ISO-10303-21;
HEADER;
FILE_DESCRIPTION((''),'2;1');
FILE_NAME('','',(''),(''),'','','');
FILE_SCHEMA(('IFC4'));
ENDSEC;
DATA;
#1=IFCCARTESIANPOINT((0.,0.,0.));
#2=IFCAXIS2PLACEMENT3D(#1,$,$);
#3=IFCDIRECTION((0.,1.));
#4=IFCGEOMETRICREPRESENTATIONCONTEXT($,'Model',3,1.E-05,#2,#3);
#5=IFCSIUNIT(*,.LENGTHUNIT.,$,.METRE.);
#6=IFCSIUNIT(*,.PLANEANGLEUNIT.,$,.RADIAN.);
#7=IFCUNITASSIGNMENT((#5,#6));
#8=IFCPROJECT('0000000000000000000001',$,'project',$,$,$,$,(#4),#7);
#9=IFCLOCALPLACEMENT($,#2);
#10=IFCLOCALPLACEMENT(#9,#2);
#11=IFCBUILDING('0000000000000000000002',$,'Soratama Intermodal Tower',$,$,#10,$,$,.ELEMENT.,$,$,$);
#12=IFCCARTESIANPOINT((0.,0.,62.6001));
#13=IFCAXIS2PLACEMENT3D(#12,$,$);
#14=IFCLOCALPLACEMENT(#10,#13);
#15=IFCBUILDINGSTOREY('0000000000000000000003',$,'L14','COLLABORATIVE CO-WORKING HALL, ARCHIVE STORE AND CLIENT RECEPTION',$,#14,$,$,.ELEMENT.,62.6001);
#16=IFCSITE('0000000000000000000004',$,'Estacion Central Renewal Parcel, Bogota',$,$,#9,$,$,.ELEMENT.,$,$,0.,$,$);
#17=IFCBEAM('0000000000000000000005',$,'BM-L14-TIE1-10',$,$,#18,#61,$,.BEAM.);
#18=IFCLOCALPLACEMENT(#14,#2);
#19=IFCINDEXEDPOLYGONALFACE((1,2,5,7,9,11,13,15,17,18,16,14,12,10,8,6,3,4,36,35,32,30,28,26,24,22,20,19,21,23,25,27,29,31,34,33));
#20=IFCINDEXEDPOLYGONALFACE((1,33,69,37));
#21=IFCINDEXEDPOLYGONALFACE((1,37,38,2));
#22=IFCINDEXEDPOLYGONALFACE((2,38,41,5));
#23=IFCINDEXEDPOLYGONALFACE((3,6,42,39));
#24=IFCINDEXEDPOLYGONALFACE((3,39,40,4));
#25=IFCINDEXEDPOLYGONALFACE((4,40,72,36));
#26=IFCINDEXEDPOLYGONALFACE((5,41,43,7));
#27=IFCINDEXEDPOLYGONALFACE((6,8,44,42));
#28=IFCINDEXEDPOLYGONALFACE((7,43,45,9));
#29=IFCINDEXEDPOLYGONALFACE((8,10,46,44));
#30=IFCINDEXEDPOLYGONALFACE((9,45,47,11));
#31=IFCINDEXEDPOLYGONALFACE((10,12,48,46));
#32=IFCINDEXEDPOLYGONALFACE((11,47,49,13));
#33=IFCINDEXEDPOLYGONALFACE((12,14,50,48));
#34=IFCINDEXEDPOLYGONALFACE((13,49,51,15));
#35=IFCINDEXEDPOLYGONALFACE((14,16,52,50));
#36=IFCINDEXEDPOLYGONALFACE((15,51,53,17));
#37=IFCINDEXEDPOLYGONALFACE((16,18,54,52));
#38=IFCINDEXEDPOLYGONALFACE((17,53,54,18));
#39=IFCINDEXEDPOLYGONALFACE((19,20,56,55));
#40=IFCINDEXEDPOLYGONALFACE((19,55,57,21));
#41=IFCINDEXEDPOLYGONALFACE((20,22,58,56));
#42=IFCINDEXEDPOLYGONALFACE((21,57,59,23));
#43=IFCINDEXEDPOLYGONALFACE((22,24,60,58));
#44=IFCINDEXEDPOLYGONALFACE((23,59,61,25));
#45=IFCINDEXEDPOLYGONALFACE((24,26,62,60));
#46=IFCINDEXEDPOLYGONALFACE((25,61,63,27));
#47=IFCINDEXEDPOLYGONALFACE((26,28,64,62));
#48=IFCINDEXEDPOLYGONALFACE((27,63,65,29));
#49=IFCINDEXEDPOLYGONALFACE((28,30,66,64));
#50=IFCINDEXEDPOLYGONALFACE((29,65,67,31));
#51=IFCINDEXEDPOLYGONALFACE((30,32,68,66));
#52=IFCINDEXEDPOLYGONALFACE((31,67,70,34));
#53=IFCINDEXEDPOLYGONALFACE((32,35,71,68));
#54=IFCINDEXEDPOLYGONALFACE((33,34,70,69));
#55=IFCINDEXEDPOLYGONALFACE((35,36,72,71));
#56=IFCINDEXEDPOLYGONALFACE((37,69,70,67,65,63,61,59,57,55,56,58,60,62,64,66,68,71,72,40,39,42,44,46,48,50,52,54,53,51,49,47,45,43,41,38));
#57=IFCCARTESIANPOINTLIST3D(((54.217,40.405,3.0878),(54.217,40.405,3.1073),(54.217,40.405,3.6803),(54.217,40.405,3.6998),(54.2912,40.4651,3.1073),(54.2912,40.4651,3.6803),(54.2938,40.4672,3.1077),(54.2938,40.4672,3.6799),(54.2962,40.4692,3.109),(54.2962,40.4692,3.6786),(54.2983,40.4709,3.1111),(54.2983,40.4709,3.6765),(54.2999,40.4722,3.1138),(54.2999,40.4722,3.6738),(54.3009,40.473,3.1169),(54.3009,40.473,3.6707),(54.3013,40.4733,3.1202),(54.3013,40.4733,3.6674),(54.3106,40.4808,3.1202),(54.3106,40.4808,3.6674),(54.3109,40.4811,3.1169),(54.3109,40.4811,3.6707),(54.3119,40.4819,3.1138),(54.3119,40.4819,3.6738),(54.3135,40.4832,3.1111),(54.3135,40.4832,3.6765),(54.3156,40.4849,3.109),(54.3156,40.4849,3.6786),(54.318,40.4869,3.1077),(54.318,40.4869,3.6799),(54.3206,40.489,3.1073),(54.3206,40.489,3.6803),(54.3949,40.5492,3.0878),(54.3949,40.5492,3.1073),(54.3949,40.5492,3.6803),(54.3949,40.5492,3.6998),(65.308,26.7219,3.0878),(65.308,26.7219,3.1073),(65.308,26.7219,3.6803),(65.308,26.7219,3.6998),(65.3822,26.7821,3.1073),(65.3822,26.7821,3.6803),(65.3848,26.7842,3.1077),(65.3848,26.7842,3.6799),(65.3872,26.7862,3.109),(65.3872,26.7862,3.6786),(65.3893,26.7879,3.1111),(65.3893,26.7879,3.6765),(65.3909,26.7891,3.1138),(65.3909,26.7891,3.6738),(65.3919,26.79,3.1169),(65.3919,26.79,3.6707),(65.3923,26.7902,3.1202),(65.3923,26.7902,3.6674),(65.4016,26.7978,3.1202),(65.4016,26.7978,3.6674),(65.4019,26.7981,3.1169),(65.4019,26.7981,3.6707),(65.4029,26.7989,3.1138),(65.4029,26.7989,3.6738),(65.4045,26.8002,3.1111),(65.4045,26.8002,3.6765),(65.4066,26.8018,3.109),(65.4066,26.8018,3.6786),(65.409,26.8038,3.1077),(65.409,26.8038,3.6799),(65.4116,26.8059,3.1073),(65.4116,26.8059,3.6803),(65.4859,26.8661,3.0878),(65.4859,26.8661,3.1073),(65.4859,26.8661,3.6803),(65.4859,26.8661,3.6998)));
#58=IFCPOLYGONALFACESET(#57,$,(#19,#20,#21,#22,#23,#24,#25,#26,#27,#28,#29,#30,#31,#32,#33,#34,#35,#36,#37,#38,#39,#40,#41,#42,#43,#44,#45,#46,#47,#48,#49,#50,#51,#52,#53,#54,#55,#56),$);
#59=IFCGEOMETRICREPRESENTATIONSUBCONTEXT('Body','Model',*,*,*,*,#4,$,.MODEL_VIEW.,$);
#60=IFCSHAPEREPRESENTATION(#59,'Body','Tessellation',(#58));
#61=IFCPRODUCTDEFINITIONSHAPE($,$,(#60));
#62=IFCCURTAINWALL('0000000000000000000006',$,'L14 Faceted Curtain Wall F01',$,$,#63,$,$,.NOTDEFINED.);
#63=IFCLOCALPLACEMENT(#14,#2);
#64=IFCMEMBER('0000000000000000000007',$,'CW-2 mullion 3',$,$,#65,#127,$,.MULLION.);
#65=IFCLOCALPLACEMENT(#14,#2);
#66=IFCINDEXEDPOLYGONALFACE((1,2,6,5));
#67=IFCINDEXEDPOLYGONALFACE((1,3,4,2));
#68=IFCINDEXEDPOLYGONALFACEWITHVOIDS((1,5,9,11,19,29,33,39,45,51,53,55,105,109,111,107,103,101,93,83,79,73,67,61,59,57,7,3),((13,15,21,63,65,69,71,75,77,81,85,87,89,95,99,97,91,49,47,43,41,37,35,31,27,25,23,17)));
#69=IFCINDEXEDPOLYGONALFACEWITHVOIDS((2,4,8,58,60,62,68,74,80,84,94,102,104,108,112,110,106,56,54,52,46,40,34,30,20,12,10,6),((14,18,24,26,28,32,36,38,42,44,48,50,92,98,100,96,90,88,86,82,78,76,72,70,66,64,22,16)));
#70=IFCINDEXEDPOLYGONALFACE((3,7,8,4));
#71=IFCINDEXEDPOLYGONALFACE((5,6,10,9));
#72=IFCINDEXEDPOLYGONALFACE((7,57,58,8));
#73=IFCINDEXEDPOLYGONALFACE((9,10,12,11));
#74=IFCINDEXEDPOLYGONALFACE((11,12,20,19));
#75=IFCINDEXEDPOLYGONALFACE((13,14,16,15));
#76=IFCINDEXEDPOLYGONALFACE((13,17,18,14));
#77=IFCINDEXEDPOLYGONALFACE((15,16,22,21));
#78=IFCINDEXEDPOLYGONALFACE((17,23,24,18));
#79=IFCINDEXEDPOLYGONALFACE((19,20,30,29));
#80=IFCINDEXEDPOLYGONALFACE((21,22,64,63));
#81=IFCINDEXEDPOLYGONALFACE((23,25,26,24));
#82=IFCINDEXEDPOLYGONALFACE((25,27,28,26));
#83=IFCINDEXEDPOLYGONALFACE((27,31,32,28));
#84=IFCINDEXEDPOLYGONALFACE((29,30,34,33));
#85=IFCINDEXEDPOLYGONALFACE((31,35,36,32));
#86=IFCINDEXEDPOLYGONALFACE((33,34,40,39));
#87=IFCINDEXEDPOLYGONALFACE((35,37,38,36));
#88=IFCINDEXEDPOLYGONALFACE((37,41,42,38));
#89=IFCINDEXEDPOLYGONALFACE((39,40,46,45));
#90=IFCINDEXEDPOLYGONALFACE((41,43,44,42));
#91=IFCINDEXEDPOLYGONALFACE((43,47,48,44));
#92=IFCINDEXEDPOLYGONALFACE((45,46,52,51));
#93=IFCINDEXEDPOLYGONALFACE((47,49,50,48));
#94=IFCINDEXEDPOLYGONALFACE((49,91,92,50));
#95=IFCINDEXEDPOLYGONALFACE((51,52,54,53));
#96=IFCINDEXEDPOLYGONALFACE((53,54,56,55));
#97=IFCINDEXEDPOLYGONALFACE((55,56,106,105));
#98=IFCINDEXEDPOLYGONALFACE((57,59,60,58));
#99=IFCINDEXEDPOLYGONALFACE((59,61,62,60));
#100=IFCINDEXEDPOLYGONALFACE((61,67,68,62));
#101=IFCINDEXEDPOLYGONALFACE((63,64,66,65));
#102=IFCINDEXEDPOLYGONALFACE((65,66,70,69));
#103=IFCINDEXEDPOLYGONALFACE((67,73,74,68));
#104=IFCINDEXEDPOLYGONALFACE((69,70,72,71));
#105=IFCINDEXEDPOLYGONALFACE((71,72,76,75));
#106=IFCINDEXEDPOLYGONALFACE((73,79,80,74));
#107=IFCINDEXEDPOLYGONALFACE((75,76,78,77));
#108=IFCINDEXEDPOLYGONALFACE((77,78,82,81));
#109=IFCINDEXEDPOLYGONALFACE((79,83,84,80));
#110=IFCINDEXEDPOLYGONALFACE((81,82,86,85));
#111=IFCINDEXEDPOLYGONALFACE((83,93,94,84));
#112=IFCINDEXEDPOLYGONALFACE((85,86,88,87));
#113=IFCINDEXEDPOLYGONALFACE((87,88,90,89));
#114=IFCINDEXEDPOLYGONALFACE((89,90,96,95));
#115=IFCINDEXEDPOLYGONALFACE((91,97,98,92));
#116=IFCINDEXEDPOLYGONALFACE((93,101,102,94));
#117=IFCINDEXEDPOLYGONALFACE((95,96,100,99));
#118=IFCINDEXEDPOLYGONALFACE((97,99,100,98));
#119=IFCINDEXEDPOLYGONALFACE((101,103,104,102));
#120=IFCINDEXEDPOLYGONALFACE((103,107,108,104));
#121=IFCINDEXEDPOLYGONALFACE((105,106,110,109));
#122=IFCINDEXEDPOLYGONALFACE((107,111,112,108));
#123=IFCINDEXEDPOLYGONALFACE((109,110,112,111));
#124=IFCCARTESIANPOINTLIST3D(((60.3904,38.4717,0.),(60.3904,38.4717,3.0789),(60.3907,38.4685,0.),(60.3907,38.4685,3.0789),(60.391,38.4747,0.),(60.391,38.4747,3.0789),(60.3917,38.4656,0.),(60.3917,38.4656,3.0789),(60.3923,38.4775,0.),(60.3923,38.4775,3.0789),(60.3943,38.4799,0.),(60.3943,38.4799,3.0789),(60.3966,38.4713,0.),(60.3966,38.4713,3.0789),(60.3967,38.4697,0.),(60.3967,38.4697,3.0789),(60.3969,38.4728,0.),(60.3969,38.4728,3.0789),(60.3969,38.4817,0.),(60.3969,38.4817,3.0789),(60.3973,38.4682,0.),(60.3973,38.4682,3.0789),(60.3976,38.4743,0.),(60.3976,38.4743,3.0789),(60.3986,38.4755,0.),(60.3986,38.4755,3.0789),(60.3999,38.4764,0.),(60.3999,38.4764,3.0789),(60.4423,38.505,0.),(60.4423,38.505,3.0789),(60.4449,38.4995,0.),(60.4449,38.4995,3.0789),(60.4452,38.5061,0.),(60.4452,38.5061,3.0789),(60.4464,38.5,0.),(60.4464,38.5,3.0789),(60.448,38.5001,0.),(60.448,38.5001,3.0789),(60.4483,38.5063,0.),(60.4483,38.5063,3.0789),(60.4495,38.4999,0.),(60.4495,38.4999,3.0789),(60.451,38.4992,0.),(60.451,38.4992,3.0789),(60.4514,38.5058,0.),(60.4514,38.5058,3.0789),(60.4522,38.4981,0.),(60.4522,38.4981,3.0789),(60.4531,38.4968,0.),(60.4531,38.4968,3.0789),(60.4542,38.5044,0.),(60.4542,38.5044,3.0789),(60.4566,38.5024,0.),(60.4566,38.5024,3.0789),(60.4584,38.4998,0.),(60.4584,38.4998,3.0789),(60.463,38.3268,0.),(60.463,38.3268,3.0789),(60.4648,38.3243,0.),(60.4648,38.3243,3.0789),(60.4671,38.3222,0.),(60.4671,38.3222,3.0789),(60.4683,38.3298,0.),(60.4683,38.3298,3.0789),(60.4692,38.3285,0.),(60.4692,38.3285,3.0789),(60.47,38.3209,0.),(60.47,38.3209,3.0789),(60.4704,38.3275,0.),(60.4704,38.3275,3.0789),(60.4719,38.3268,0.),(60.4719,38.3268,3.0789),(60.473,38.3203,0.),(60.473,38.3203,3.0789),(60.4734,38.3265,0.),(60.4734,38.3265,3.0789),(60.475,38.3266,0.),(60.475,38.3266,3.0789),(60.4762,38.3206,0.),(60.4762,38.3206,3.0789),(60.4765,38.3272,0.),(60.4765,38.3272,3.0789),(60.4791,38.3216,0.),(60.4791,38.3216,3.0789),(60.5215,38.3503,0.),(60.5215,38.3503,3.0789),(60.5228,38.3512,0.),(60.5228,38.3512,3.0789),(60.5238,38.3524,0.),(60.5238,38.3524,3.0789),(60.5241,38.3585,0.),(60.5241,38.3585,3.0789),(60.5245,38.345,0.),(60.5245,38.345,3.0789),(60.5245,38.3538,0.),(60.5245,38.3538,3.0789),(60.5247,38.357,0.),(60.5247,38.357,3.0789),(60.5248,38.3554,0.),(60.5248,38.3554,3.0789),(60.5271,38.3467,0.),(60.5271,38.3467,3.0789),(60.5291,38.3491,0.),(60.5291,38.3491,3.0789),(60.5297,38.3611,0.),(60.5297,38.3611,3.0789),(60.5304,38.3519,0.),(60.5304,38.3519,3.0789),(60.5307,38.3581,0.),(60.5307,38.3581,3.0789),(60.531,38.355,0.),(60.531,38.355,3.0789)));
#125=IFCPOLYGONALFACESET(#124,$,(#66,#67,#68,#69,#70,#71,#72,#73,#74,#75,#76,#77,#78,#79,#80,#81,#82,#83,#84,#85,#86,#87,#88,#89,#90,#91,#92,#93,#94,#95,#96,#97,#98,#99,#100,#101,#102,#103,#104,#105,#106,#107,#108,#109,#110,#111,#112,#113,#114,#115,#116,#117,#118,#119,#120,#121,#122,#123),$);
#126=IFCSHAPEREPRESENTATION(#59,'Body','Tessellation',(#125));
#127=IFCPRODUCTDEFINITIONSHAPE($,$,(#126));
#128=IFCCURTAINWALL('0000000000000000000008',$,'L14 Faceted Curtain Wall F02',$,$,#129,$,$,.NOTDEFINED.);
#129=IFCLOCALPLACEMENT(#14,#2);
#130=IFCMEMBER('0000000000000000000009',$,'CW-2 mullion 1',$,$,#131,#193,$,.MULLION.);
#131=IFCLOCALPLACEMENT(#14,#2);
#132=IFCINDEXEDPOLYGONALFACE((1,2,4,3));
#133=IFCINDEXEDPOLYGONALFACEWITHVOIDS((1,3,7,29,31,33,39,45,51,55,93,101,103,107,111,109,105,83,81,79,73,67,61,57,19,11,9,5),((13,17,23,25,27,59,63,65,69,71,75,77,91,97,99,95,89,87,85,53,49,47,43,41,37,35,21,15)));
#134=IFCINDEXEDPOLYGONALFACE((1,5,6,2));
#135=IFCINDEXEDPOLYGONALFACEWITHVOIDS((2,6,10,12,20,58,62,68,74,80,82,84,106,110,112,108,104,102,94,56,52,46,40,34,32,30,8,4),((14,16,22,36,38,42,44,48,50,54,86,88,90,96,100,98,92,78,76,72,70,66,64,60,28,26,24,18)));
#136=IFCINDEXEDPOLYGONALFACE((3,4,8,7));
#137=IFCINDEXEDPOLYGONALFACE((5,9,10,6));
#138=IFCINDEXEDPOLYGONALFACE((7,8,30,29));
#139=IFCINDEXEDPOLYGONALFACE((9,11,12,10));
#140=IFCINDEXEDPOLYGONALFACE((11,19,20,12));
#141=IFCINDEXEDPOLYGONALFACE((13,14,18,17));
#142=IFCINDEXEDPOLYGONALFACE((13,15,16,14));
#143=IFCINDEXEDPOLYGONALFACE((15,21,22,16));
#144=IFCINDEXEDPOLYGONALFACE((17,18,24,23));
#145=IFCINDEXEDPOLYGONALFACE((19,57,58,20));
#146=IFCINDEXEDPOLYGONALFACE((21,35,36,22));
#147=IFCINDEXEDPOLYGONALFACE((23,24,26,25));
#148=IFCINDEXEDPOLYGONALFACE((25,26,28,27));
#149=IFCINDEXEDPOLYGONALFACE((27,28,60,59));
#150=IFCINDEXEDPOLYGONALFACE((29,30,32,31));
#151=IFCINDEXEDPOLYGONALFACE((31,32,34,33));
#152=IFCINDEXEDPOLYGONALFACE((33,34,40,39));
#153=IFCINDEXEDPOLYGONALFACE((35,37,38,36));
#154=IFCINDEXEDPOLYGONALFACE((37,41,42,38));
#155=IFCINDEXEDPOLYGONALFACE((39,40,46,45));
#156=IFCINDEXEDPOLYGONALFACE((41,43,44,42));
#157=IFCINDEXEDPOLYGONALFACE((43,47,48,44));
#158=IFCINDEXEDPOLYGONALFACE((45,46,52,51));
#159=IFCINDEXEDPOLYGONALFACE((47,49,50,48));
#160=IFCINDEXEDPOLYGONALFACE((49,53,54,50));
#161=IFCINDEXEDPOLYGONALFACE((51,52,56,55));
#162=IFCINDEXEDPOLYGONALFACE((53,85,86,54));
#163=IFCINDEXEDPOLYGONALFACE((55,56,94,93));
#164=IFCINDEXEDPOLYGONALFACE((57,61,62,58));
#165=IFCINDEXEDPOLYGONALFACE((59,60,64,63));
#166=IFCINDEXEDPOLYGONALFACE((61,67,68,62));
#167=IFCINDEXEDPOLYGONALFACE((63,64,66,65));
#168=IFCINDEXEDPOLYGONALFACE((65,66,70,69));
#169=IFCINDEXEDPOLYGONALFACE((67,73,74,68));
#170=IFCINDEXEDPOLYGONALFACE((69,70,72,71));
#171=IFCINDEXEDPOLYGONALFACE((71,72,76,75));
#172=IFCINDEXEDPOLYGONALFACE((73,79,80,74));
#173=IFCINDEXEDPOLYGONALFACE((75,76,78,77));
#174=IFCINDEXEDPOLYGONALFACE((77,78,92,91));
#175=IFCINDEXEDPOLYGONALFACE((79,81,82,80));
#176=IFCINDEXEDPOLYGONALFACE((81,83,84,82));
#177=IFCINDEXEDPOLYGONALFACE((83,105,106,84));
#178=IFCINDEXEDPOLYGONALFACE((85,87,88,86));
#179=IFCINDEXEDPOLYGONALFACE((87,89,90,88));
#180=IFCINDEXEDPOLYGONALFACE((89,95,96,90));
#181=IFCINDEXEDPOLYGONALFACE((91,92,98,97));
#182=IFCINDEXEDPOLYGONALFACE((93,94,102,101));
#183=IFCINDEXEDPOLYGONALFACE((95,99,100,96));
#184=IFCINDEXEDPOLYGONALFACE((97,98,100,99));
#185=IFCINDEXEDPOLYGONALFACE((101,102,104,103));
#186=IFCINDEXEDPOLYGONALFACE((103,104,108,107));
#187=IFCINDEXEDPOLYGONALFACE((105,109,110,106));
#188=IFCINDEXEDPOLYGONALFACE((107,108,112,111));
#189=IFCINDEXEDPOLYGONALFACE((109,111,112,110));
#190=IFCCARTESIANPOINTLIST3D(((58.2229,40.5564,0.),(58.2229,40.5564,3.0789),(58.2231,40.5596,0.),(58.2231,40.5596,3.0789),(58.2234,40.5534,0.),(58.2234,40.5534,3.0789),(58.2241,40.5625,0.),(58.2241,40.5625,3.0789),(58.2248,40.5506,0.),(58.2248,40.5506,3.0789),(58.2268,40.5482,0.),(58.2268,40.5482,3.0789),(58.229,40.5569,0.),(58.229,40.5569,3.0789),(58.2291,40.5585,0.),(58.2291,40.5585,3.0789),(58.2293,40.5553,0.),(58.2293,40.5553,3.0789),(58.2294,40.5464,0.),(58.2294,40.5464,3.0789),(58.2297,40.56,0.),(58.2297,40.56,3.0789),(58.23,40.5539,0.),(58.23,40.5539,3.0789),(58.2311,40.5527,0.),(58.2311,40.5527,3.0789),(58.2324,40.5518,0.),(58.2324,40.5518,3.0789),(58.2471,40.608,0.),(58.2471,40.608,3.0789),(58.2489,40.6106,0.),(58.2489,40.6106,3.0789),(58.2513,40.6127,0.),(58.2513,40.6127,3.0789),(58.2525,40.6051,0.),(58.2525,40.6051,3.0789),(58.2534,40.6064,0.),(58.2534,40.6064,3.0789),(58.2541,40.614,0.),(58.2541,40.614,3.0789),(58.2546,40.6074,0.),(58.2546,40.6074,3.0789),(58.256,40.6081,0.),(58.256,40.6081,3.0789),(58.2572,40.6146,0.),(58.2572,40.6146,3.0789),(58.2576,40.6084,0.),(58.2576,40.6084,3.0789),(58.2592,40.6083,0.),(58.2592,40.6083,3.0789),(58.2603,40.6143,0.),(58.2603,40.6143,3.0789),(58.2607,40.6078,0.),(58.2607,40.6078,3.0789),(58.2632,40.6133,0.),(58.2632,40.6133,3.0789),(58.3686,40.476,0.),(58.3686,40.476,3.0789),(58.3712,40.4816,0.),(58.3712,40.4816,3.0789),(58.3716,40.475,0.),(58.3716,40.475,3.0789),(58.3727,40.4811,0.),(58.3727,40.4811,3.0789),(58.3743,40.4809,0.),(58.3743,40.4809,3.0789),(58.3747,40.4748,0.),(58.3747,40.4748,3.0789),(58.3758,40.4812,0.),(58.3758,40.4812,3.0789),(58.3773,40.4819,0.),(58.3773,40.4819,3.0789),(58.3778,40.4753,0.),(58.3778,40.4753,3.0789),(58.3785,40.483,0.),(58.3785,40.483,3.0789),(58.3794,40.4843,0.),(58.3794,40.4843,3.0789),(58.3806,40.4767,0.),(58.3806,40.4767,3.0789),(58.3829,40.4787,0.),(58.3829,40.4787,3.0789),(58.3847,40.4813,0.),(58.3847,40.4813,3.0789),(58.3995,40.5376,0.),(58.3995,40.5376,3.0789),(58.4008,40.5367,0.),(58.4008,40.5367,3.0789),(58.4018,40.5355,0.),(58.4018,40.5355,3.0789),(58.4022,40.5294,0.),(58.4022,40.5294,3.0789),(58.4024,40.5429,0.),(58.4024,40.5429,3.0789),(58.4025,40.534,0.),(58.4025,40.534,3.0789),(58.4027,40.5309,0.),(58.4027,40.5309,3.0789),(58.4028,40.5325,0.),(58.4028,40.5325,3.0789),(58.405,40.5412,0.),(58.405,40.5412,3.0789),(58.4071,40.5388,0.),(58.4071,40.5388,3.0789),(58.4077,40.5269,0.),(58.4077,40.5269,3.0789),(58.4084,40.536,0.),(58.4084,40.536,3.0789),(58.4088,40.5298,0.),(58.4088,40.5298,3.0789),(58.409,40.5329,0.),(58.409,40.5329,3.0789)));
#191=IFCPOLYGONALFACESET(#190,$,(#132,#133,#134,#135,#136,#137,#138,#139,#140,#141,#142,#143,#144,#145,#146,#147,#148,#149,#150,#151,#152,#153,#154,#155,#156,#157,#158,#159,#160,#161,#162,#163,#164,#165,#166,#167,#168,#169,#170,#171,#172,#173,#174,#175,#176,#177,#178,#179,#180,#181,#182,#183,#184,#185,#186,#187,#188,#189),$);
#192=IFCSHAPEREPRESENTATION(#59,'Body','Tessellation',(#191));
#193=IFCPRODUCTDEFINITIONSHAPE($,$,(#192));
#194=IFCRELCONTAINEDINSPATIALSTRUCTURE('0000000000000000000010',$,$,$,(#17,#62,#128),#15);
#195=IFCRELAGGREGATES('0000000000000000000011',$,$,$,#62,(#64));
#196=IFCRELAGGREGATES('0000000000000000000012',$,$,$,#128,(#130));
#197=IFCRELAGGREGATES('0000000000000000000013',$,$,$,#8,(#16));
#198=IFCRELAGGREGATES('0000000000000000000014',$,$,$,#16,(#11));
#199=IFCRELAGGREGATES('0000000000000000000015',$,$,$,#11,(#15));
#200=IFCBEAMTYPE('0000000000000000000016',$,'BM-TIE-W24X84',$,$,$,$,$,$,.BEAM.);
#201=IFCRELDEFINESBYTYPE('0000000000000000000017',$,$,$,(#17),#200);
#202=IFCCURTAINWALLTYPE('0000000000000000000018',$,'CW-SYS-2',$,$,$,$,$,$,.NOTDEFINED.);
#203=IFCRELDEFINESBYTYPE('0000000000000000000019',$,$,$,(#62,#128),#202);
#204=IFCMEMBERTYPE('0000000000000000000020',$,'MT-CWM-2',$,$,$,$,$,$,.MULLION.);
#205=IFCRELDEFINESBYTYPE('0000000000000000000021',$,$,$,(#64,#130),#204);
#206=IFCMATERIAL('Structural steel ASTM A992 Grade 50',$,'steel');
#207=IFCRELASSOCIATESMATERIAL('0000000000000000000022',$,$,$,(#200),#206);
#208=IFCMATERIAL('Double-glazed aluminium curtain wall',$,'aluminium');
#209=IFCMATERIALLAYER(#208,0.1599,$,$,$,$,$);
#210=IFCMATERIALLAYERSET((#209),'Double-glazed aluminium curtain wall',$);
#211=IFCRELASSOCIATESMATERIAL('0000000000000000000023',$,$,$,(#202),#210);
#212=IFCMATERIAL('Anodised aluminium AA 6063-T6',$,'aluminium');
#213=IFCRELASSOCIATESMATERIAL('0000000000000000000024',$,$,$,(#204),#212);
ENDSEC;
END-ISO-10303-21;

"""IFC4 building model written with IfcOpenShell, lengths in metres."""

from ifc_helpers import new_model, si_unit, direction, frame, origin, origin_2d, place, context, subcontext, project, spatial, hollow_rectangle, i_section, extrude, material, layer, layer_set, material_profile, profile_set, type_object, element, aggregate, save


model = new_model("IFC4")

# Units and contexts
model_context = context("Model", 3, precision=1e-05, world=origin(), true_north=direction((0.0, 1.0)))
body_context = subcontext(model_context, "Body", "Model", "MODEL_VIEW")
ifc_project = project(units=[si_unit("LENGTHUNIT", "METRE"), si_unit("PLANEANGLEUNIT", "RADIAN")], contexts=[model_context])

# Site, building, storey
site_placement = place(None, origin())
site = spatial("IfcSite", under=ifc_project, at=site_placement, Name="Estacion Central Renewal Parcel, Bogota", CompositionType="ELEMENT", RefElevation=0.0)
building_placement = place(site_placement, origin())
building = spatial("IfcBuilding", under=site, at=building_placement, Name="Soratama Intermodal Tower", CompositionType="ELEMENT")
storey_placement = place(building_placement, frame((0.0, 0.0, 62.6001)))
storey = spatial("IfcBuildingStorey", under=building, at=storey_placement, Name="L14", Description="COLLABORATIVE CO-WORKING HALL, ARCHIVE STORE AND CLIENT RECEPTION", CompositionType="ELEMENT", Elevation=62.6001)

# Beam
ifc_material_1 = material(Name="Structural steel ASTM A992 Grade 50", Category="steel")
ifc_material_profile_1 = material_profile(ifc_material_1, i_section(OverallWidth=0.229, OverallDepth=0.6121, WebThickness=0.012, FlangeThickness=0.0195, FilletRadius=0.0129, at=origin_2d()), Name="W24X84")
ifc_profile_set_1 = profile_set([ifc_material_profile_1], Name="Structural steel ASTM A992 Grade 50")
beam_type_1 = type_object("IfcBeamType", Name="BM-TIE-W24X84", PredefinedType="BEAM", material=ifc_profile_set_1)
beam_1_placement = place(storey_placement, frame((54.3059, 40.4771, 3.3938), z_axis=(0.629687, -0.776849, 0.0), x_axis=(0.776849, 0.629687, 0.0)))
element("IfcBeam", 1, at=beam_1_placement, inside=storey, type_object=beam_type_1, Name="BM-L14-TIE1-10", PredefinedType="BEAM", context=body_context, shape_type="SweptSolid", body=[
    extrude(i_section(OverallWidth=0.229, OverallDepth=0.6121, WebThickness=0.012, FlangeThickness=0.0195, FilletRadius=0.0129, at=origin_2d()), origin(), (0.0, 0.0, 1.0), 17.6135),
])

# Curtain wall, member
ifc_material_2 = material(Name="Double-glazed aluminium curtain wall", Category="aluminium")
ifc_layer_1 = layer(ifc_material_2, 0.1599)
ifc_layer_set_1 = layer_set([ifc_layer_1], Name="Double-glazed aluminium curtain wall")
curtain_wall_type = type_object("IfcCurtainWallType", Name="CW-SYS-2", PredefinedType="NOTDEFINED", material=ifc_layer_set_1)
curtain_wall_1_placement = place(storey_placement, origin())
curtain_wall_1 = element("IfcCurtainWall", 2, at=curtain_wall_1_placement, inside=storey, type_object=curtain_wall_type, Name="L14 Faceted Curtain Wall F01", PredefinedType="NOTDEFINED")
ifc_material_3 = material(Name="Anodised aluminium AA 6063-T6", Category="aluminium")
ifc_material_profile_2 = material_profile(ifc_material_3, hollow_rectangle(XDim=0.075, YDim=0.1799, WallThickness=0.0061, InnerFilletRadius=0.0061, OuterFilletRadius=0.012, at=origin_2d()), Name="CWM180X75X6")
ifc_profile_set_2 = profile_set([ifc_material_profile_2], Name="Anodised aluminium AA 6063-T6")
member_type_1 = type_object("IfcMemberType", Name="MT-CWM-2", PredefinedType="MULLION", material=ifc_profile_set_2)
member_1_placement = place(storey_placement, frame((60.4607, 38.4133, 0.0), z_axis=(0.0, 0.0, 1.0), x_axis=(-0.889576, -0.456788, 0.0)))
member_1 = element("IfcMember", 3, at=member_1_placement, type_object=member_type_1, Name="CW-2 mullion 3", PredefinedType="MULLION", context=body_context, shape_type="SweptSolid", body=[
    extrude(hollow_rectangle(XDim=0.075, YDim=0.1799, WallThickness=0.0061, InnerFilletRadius=0.0061, OuterFilletRadius=0.012, at=origin_2d()), origin(), (0.0, 0.0, 1.0), 3.0789),
])

# Curtain wall, member
curtain_wall_2_placement = place(storey_placement, origin())
curtain_wall_2 = element("IfcCurtainWall", 4, at=curtain_wall_2_placement, inside=storey, type_object=curtain_wall_type, Name="L14 Faceted Curtain Wall F02", PredefinedType="NOTDEFINED")
member_2_placement = place(storey_placement, frame((58.3159, 40.5447, 0.0), z_axis=(0.0, 0.0, 1.0), x_axis=(-0.451185, -0.892431, 0.0)))
member_2 = element("IfcMember", 5, at=member_2_placement, type_object=member_type_1, Name="CW-2 mullion 1", PredefinedType="MULLION", context=body_context, shape_type="SweptSolid", body=[
    extrude(hollow_rectangle(XDim=0.075, YDim=0.1799, WallThickness=0.0061, InnerFilletRadius=0.0061, OuterFilletRadius=0.012, at=origin_2d()), origin(), (0.0, 0.0, 1.0), 3.0789),
])

aggregate(curtain_wall_1, [member_1])
aggregate(curtain_wall_2, [member_2])

save(model, "model.ifc")
